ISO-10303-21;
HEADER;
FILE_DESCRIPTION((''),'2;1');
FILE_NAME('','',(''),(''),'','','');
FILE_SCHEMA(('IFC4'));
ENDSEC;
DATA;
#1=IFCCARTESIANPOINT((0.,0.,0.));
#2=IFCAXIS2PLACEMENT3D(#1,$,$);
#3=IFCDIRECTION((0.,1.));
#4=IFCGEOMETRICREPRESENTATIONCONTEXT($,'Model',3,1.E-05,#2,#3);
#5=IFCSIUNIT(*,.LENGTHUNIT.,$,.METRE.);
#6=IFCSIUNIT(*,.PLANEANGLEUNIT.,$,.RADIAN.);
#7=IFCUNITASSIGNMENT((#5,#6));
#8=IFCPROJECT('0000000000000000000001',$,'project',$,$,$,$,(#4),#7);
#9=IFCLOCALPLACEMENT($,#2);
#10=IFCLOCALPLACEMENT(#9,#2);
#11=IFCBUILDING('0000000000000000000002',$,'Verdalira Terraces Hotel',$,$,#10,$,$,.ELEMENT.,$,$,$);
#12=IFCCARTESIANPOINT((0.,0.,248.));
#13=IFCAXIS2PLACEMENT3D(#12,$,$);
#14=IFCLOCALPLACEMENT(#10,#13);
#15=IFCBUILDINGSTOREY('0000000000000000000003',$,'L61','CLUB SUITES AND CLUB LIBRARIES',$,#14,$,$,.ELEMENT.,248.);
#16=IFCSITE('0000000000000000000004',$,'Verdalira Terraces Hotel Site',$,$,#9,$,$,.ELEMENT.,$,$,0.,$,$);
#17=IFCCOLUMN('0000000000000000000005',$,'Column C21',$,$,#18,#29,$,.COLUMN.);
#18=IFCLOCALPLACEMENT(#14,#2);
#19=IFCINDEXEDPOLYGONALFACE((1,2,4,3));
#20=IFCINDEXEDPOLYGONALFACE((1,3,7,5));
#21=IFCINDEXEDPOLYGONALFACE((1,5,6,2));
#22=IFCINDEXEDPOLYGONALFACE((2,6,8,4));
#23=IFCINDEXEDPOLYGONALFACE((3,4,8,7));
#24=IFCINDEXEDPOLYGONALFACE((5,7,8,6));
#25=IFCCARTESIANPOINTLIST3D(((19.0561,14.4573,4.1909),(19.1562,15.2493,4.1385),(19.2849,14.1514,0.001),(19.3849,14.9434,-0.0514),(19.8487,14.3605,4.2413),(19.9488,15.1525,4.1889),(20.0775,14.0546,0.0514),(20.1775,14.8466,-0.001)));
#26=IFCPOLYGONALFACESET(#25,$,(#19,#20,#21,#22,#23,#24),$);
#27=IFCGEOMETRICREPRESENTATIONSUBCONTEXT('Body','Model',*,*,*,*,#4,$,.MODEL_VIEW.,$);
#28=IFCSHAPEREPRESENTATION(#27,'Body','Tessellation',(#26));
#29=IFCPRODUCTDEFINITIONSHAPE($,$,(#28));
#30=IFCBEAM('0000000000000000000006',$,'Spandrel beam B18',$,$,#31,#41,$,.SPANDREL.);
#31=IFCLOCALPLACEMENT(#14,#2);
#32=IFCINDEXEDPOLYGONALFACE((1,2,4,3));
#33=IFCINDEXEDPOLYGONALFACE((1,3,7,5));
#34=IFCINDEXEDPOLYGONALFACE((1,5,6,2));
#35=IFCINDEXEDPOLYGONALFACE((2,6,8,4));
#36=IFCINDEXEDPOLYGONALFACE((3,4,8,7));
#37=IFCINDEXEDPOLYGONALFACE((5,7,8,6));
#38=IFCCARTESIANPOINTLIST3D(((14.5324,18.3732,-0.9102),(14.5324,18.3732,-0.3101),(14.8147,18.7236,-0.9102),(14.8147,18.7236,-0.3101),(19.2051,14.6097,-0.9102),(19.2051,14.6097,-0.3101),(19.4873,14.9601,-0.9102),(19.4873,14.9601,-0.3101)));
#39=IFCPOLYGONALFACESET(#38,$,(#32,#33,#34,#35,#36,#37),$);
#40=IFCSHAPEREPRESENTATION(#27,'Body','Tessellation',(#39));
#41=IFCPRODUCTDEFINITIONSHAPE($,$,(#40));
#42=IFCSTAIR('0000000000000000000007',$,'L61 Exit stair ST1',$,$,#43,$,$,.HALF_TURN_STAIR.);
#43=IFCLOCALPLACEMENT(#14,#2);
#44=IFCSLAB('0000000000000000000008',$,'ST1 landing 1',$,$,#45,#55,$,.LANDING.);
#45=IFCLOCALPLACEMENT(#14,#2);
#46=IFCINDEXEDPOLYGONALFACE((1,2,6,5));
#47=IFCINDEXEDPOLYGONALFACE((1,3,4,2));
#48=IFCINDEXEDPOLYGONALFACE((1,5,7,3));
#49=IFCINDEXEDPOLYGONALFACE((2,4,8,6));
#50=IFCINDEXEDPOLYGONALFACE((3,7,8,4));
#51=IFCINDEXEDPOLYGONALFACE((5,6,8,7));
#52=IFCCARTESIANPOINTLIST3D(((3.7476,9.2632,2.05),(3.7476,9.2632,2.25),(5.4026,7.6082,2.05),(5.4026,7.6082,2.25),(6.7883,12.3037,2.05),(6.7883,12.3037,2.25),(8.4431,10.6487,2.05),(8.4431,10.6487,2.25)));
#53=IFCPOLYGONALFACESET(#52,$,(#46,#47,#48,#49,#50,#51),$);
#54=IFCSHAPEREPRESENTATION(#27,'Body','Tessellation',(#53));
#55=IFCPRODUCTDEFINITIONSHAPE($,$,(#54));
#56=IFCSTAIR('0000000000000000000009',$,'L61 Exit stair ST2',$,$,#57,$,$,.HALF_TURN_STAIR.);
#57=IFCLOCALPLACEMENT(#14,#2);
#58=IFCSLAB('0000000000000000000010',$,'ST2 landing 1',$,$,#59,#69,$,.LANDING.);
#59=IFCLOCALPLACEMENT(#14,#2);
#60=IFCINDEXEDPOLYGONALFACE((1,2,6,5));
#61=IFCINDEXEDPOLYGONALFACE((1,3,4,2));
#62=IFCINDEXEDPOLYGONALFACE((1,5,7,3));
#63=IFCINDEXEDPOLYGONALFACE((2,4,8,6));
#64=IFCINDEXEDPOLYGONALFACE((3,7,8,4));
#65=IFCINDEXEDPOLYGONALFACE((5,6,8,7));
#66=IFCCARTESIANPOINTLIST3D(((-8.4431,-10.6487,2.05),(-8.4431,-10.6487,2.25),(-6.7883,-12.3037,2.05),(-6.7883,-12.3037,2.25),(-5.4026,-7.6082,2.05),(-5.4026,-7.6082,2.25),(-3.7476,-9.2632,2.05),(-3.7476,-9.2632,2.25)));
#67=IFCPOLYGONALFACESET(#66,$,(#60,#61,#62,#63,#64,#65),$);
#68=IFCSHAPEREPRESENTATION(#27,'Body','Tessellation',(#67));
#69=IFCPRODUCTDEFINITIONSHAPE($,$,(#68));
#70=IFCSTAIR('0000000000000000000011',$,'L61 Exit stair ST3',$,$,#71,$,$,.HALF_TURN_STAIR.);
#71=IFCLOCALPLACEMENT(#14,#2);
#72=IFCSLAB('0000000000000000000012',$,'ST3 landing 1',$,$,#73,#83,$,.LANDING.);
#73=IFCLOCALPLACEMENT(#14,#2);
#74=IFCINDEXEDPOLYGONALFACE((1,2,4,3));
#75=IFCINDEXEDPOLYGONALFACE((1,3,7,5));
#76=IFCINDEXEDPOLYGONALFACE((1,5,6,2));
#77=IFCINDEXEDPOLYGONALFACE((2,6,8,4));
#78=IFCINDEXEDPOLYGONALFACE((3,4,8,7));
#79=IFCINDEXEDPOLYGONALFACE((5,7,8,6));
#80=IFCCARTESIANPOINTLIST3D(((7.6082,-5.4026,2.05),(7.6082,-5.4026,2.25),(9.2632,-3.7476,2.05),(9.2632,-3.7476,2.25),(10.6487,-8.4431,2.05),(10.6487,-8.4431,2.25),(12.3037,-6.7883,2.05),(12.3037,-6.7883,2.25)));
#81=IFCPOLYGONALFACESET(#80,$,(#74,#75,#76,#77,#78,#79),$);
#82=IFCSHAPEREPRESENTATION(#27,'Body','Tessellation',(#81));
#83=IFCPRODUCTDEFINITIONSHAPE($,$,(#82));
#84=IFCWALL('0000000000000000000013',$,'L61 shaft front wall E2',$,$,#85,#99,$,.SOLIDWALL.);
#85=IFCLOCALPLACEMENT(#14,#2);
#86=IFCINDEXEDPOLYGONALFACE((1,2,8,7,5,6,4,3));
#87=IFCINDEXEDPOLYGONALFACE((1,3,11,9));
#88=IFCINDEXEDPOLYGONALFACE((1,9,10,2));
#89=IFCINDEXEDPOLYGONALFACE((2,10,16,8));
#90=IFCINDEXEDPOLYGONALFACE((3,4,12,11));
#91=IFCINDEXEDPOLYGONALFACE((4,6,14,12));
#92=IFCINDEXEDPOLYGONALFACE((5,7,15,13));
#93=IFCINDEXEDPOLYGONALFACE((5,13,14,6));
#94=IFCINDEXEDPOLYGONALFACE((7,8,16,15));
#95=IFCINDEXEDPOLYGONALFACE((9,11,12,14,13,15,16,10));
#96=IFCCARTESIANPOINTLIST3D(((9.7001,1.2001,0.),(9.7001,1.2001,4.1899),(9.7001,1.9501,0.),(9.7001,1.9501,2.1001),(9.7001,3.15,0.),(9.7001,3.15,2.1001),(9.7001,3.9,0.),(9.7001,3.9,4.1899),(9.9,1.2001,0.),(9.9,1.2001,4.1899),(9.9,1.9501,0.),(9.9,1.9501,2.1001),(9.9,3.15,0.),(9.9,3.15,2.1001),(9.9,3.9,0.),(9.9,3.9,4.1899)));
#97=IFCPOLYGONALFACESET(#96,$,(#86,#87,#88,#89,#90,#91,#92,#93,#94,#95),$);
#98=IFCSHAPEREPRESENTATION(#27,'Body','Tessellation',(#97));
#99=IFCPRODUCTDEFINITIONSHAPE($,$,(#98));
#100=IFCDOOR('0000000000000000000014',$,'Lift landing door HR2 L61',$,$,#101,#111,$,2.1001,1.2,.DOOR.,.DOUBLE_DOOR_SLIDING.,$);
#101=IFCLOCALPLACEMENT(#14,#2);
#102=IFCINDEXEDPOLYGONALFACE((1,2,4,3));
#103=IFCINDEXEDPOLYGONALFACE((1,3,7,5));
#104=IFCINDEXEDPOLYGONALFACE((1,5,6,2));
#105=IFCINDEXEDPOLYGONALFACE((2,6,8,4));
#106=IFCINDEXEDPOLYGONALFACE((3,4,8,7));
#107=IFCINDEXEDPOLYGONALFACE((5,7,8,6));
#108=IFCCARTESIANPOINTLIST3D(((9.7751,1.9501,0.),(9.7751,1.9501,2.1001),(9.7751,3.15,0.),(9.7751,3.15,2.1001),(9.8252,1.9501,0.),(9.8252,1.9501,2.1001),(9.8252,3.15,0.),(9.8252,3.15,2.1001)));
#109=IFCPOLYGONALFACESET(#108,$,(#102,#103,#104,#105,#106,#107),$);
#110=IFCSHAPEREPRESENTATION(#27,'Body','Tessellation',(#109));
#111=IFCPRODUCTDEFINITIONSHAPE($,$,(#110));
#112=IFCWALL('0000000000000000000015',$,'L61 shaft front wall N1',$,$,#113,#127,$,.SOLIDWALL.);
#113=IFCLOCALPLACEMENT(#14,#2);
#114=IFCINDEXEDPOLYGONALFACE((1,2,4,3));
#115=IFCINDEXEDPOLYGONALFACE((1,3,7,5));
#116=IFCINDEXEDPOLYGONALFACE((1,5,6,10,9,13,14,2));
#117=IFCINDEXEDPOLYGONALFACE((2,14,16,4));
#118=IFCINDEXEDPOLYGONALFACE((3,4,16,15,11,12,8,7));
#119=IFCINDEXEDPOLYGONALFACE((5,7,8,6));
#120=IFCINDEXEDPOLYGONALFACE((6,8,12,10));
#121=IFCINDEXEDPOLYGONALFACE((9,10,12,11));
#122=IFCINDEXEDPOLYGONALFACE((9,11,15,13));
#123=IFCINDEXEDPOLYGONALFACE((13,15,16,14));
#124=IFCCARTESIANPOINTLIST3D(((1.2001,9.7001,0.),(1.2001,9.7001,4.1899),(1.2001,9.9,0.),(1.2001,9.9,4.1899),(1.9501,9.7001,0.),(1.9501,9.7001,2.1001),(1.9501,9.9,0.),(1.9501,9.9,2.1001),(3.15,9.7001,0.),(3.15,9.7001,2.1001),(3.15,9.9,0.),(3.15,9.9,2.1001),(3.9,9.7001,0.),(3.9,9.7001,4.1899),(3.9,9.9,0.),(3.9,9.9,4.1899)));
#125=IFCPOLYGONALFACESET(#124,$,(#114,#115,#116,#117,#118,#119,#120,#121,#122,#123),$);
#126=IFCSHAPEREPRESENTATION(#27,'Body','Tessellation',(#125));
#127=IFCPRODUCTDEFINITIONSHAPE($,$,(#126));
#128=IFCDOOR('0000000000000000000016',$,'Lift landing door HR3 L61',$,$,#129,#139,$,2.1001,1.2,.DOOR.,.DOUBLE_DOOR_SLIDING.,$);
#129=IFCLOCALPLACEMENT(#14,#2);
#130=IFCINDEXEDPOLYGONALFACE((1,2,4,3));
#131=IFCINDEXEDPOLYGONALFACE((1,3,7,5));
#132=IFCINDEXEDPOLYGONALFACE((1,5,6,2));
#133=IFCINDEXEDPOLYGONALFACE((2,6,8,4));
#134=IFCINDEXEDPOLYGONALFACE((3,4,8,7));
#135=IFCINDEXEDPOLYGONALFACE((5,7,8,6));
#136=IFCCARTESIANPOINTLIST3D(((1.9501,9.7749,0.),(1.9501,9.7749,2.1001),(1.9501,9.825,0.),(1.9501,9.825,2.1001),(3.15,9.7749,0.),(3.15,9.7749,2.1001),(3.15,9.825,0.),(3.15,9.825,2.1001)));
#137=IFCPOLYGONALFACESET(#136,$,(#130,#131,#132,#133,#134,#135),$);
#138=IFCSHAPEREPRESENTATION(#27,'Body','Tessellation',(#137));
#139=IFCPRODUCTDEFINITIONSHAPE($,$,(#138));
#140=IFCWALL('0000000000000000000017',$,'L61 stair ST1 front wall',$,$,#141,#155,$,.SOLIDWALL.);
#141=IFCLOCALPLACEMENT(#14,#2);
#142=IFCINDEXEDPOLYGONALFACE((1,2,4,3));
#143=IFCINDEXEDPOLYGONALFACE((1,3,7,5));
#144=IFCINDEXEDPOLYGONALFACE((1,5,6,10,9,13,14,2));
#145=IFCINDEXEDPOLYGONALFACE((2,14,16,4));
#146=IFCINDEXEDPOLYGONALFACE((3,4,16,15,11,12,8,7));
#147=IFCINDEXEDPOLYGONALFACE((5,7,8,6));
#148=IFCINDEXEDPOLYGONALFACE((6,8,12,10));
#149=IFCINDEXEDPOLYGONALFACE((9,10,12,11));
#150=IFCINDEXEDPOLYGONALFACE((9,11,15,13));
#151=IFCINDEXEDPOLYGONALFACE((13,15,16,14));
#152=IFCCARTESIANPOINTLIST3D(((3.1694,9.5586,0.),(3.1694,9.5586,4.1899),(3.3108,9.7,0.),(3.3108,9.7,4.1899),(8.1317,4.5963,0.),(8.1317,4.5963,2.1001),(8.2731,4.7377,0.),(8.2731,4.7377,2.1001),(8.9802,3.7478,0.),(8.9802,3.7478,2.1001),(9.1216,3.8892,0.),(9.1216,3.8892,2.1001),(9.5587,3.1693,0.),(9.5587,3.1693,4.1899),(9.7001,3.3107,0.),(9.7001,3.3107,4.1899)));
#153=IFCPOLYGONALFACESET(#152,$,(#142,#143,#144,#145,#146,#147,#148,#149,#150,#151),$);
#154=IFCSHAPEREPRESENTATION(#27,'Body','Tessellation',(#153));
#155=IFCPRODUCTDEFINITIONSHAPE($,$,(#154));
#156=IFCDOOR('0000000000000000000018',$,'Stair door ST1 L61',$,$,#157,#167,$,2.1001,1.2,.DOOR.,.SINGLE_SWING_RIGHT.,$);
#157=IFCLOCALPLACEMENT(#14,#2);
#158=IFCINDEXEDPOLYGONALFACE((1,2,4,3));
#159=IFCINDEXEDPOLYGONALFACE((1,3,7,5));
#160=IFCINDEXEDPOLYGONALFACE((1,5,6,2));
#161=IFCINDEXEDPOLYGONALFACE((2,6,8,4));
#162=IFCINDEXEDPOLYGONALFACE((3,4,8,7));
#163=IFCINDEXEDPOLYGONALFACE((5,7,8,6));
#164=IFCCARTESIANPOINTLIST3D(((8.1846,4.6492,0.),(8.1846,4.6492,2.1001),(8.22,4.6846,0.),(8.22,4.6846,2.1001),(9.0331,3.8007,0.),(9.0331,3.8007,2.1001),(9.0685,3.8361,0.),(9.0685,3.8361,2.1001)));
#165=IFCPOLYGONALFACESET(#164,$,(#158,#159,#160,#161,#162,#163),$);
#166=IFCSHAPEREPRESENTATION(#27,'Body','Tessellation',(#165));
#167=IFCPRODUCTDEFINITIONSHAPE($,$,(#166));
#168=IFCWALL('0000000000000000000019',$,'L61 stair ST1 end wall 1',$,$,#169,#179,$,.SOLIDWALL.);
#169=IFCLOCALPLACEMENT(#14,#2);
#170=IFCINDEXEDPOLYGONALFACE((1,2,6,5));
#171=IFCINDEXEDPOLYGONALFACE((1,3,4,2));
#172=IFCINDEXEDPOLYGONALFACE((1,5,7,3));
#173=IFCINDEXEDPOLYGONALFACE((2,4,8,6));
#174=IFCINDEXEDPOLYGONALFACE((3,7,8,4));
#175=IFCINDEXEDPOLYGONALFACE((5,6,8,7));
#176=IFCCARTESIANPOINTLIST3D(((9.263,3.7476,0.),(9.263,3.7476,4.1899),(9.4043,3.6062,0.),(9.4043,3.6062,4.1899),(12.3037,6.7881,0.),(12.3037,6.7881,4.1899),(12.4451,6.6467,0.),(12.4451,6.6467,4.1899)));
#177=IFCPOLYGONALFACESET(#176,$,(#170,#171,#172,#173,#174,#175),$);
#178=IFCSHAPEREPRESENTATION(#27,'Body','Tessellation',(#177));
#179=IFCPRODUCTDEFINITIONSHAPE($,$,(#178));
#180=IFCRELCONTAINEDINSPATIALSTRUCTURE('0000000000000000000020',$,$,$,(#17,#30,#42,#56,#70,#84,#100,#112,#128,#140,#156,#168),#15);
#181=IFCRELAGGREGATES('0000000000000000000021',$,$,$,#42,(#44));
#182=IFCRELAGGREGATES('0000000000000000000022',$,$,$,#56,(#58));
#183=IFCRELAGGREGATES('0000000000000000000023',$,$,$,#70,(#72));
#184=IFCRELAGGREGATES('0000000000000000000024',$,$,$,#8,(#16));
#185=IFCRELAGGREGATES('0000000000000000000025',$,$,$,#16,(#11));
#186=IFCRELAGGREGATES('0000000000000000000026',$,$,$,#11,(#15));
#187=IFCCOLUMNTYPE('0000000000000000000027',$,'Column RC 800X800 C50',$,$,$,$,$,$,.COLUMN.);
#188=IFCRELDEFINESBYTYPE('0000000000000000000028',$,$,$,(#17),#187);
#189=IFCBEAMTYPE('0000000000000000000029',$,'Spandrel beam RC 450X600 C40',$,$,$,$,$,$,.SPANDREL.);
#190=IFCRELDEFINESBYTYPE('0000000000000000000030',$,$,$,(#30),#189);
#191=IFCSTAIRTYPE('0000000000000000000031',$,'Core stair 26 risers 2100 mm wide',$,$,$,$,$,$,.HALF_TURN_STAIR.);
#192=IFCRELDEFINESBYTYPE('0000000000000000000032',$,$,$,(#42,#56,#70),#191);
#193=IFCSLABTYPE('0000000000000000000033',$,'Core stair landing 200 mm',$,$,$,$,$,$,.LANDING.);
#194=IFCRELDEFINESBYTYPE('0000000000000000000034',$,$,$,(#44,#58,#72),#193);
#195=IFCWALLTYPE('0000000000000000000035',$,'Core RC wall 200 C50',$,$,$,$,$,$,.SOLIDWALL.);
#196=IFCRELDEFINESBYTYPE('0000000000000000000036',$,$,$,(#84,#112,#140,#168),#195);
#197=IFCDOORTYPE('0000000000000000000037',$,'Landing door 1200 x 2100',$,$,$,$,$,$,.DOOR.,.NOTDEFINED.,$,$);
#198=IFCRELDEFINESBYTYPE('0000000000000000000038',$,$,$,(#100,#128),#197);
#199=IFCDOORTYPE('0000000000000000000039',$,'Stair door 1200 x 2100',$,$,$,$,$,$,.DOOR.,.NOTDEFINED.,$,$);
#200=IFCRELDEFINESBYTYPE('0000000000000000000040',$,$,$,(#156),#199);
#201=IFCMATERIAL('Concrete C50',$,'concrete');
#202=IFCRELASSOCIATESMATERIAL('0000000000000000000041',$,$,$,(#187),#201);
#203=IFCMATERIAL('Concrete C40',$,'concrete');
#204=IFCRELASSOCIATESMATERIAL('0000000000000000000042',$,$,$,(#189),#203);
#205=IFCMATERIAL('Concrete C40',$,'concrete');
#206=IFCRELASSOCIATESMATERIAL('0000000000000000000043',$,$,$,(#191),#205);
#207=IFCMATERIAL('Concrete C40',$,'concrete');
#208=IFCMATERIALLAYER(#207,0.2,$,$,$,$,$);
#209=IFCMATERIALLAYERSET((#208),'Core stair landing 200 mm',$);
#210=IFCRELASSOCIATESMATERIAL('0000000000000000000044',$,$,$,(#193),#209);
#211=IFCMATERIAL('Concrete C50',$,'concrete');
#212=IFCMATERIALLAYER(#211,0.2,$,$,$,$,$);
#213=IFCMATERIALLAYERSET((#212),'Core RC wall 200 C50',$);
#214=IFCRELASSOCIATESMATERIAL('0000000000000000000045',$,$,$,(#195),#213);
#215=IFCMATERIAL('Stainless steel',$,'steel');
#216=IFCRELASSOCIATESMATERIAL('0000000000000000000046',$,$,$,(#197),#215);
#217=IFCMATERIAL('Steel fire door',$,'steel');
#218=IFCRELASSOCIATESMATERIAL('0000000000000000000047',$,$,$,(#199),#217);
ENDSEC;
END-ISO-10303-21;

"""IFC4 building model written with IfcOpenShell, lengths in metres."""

from ifc_helpers import new_model, si_unit, direction, frame, frame_2d, origin, origin_2d, place, context, subcontext, project, spatial, polyline, rectangle, outline, extrude, material, layer, layer_set, material_profile, profile_set, type_object, element, fill, aggregate, save


model = new_model("IFC4")

# Units and contexts
model_context = context("Model", 3, precision=1e-05, world=origin(), true_north=direction((0.0, 1.0)))
body_context = subcontext(model_context, "Body", "Model", "MODEL_VIEW")
ifc_project = project(units=[si_unit("LENGTHUNIT", "METRE"), si_unit("PLANEANGLEUNIT", "RADIAN")], contexts=[model_context])

# Site, building, storey
site_placement = place(None, origin())
site = spatial("IfcSite", under=ifc_project, at=site_placement, Name="Verdalira Terraces Hotel Site", CompositionType="ELEMENT", RefElevation=0.0)
building_placement = place(site_placement, origin())
building = spatial("IfcBuilding", under=site, at=building_placement, Name="Verdalira Terraces Hotel", CompositionType="ELEMENT")
storey_placement = place(building_placement, frame((0.0, 0.0, 248.0)))
storey = spatial("IfcBuildingStorey", under=building, at=storey_placement, Name="L61", Description="CLUB SUITES AND CLUB LIBRARIES", CompositionType="ELEMENT", Elevation=248.0)

# Column
ifc_material_1 = material(Name="Concrete C50", Category="concrete")
ifc_material_profile_1 = material_profile(ifc_material_1, rectangle(XDim=0.8, YDim=0.8, at=origin_2d()), Name="RC 800X800")
ifc_profile_set_1 = profile_set([ifc_material_profile_1], Name="Concrete C50")
column_type = type_object("IfcColumnType", Name="Column RC 800X800 C50", PredefinedType="COLUMN", material=ifc_profile_set_1)
column_placement = place(storey_placement, frame((19.7312, 14.499, 0.0), z_axis=(-0.054372, 0.072709, 0.99587), x_axis=(0.990657, -0.120993, 0.062921)))
element("IfcColumn", 1, at=column_placement, inside=storey, type_object=column_type, Name="Column C21", PredefinedType="COLUMN", context=body_context, shape_type="SweptSolid", body=[
    extrude(rectangle(XDim=0.8, YDim=0.8, at=origin_2d()), origin(), (0.0, 0.0, 1.0), 4.2073),
])

# Beam
ifc_material_2 = material(Name="Concrete C40", Category="concrete")
ifc_material_profile_2 = material_profile(ifc_material_2, rectangle(XDim=0.45, YDim=0.6001, at=origin_2d()), Name="RC 450X600")
ifc_profile_set_2 = profile_set([ifc_material_profile_2], Name="Concrete C40")
beam_type = type_object("IfcBeamType", Name="Spandrel beam RC 450X600 C40", PredefinedType="SPANDREL", material=ifc_profile_set_2)
beam_placement = place(storey_placement, frame((19.3462, 14.7849, -0.6101), z_axis=(-0.778804, 0.627267, 0.0), x_axis=(-0.627267, -0.778804, 0.0)))
element("IfcBeam", 2, at=beam_placement, inside=storey, type_object=beam_type, Name="Spandrel beam B18", PredefinedType="SPANDREL", context=body_context, shape_type="SweptSolid", body=[
    extrude(rectangle(XDim=0.45, YDim=0.6001, at=origin_2d()), origin(), (0.0, 0.0, 1.0), 5.9998),
])

# Stairs, slabs
ifc_material_3 = material(Name="Concrete C40", Category="concrete")
stair_type = type_object("IfcStairType", Name="Core stair 26 risers 2100 mm wide", PredefinedType="HALF_TURN_STAIR", material=ifc_material_3)
stair_1_placement = place(storey_placement, origin())
stair_1 = element("IfcStair", 3, at=stair_1_placement, inside=storey, type_object=stair_type, Name="L61 Exit stair ST1", PredefinedType="HALF_TURN_STAIR")
ifc_material_4 = material(Name="Concrete C40", Category="concrete")
ifc_layer_1 = layer(ifc_material_4, 0.2)
ifc_layer_set_1 = layer_set([ifc_layer_1], Name="Core stair landing 200 mm")
slab_type = type_object("IfcSlabType", Name="Core stair landing 200 mm", PredefinedType="LANDING", material=ifc_layer_set_1)
slab_1_placement = place(storey_placement, frame((0.0, 0.0, 2.05)))
slab_1 = element("IfcSlab", 4, at=slab_1_placement, type_object=slab_type, Name="ST1 landing 1", PredefinedType="LANDING", context=body_context, shape_type="SweptSolid", body=[
    extrude(outline(polyline([(8.4431, 10.6487), (6.7883, 12.3037), (3.7476, 9.2632), (5.4026, 7.6082), (8.4431, 10.6487)])), origin(), (0.0, 0.0, 1.0), 0.2),
])
aggregate(stair_1, [slab_1])
stair_2_placement = place(storey_placement, origin())
stair_2 = element("IfcStair", 5, at=stair_2_placement, inside=storey, type_object=stair_type, Name="L61 Exit stair ST2", PredefinedType="HALF_TURN_STAIR")
slab_2_placement = place(storey_placement, frame((0.0, 0.0, 2.05)))
slab_2 = element("IfcSlab", 6, at=slab_2_placement, type_object=slab_type, Name="ST2 landing 1", PredefinedType="LANDING", context=body_context, shape_type="SweptSolid", body=[
    extrude(outline(polyline([(-8.4431, -10.6487), (-6.7883, -12.3037), (-3.7476, -9.2632), (-5.4026, -7.6082), (-8.4431, -10.6487)])), origin(), (0.0, 0.0, 1.0), 0.2),
])
aggregate(stair_2, [slab_2])
stair_3_placement = place(storey_placement, origin())
stair_3 = element("IfcStair", 7, at=stair_3_placement, inside=storey, type_object=stair_type, Name="L61 Exit stair ST3", PredefinedType="HALF_TURN_STAIR")
slab_3_placement = place(storey_placement, frame((0.0, 0.0, 2.05)))
slab_3 = element("IfcSlab", 8, at=slab_3_placement, type_object=slab_type, Name="ST3 landing 1", PredefinedType="LANDING", context=body_context, shape_type="SweptSolid", body=[
    extrude(outline(polyline([(10.6487, -8.4431), (12.3037, -6.7883), (9.2632, -3.7476), (7.6082, -5.4026), (10.6487, -8.4431)])), origin(), (0.0, 0.0, 1.0), 0.2),
])
aggregate(stair_3, [slab_3])

# Walls, openings, doors
ifc_material_5 = material(Name="Concrete C50", Category="concrete")
ifc_layer_2 = layer(ifc_material_5, 0.2)
ifc_layer_set_2 = layer_set([ifc_layer_2], Name="Core RC wall 200 C50")
wall_type_1 = type_object("IfcWallType", Name="Core RC wall 200 C50", PredefinedType="SOLIDWALL", material=ifc_layer_set_2)
wall_1_placement = place(storey_placement, frame((9.8, 1.2, 0.0), z_axis=(0.0, 0.0, 1.0), x_axis=(0.0, 1.0, 0.0)))
wall_1 = element("IfcWall", 9, at=wall_1_placement, inside=storey, type_object=wall_type_1, Name="L61 shaft front wall E2", PredefinedType="SOLIDWALL", context=body_context, shape_type="SweptSolid", body=[
    extrude(rectangle(XDim=2.7, YDim=0.2, at=frame_2d((1.3501, 0.0))), origin(), (0.0, 0.0, 1.0), 4.1899),
])
opening_1_placement = place(wall_1_placement, frame((0.75, 0.0, 0.0)))
opening_1 = element("IfcOpeningElement", 10, at=opening_1_placement, cuts=wall_1, PredefinedType="OPENING", context=body_context, shape_type="SweptSolid", body=[
    extrude(rectangle(XDim=1.2, YDim=2.1001, at=frame_2d((0.6001, 1.05))), frame((0.0, 0.1099, 0.0), z_axis=(0.0, -1.0, 0.0), x_axis=(1.0, 0.0, 0.0)), (0.0, 0.0, 1.0), 0.22),
])
ifc_material_6 = material(Name="Stainless steel", Category="steel")
door_type_1 = type_object("IfcDoorType", Name="Landing door 1200 x 2100", OperationType="NOTDEFINED", PredefinedType="DOOR", material=ifc_material_6)
door_1_placement = place(opening_1_placement, origin())
door_1 = element("IfcDoor", 11, at=door_1_placement, inside=storey, type_object=door_type_1, Name="Lift landing door HR2 L61", OperationType="DOUBLE_DOOR_SLIDING", OverallHeight=2.1001, OverallWidth=1.2, PredefinedType="DOOR", context=body_context, shape_type="SweptSolid", body=[
    extrude(rectangle(XDim=1.2, YDim=2.1001, at=frame_2d((0.6001, 1.05))), frame((0.0, 0.0249, 0.0), z_axis=(0.0, -1.0, 0.0), x_axis=(1.0, 0.0, 0.0)), (0.0, 0.0, 1.0), 0.05),
])
fill(opening_1, door_1)
wall_2_placement = place(storey_placement, frame((1.2, 9.8, 0.0), z_axis=(0.0, 0.0, 1.0), x_axis=(1.0, 0.0, 0.0)))
wall_2 = element("IfcWall", 12, at=wall_2_placement, inside=storey, type_object=wall_type_1, Name="L61 shaft front wall N1", PredefinedType="SOLIDWALL", context=body_context, shape_type="SweptSolid", body=[
    extrude(rectangle(XDim=2.7, YDim=0.2, at=frame_2d((1.3501, 0.0))), origin(), (0.0, 0.0, 1.0), 4.1899),
])
opening_2_placement = place(wall_2_placement, frame((0.75, 0.0, 0.0)))
opening_2 = element("IfcOpeningElement", 13, at=opening_2_placement, cuts=wall_2, PredefinedType="OPENING", context=body_context, shape_type="SweptSolid", body=[
    extrude(rectangle(XDim=1.2, YDim=2.1001, at=frame_2d((0.6001, 1.05))), frame((0.0, 0.1099, 0.0), z_axis=(0.0, -1.0, 0.0), x_axis=(1.0, 0.0, 0.0)), (0.0, 0.0, 1.0), 0.22),
])
door_2_placement = place(opening_2_placement, origin())
door_2 = element("IfcDoor", 14, at=door_2_placement, inside=storey, type_object=door_type_1, Name="Lift landing door HR3 L61", OperationType="DOUBLE_DOOR_SLIDING", OverallHeight=2.1001, OverallWidth=1.2, PredefinedType="DOOR", context=body_context, shape_type="SweptSolid", body=[
    extrude(rectangle(XDim=1.2, YDim=2.1001, at=frame_2d((0.6001, 1.05))), frame((0.0, 0.0249, 0.0), z_axis=(0.0, -1.0, 0.0), x_axis=(1.0, 0.0, 0.0)), (0.0, 0.0, 1.0), 0.05),
])
fill(opening_2, door_2)
wall_3_placement = place(storey_placement, frame((3.24, 9.6294, 0.0), z_axis=(0.0, 0.0, 1.0), x_axis=(0.707107, -0.707107, 0.0)))
wall_3 = element("IfcWall", 15, at=wall_3_placement, inside=storey, type_object=wall_type_1, Name="L61 stair ST1 front wall", PredefinedType="SOLIDWALL", context=body_context, shape_type="SweptSolid", body=[
    extrude(rectangle(XDim=9.0359, YDim=0.2, at=frame_2d((4.5181, 0.0))), origin(), (0.0, 0.0, 1.0), 4.1899),
])
opening_3_placement = place(wall_3_placement, frame((7.0178, 0.0, 0.0)))
opening_3 = element("IfcOpeningElement", 16, at=opening_3_placement, cuts=wall_3, PredefinedType="OPENING", context=body_context, shape_type="SweptSolid", body=[
    extrude(rectangle(XDim=1.2, YDim=2.1001, at=frame_2d((0.6001, 1.05))), frame((0.0, 0.1099, 0.0), z_axis=(0.0, -1.0, 0.0), x_axis=(1.0, 0.0, 0.0)), (0.0, 0.0, 1.0), 0.22),
])
ifc_material_7 = material(Name="Steel fire door", Category="steel")
door_type_2 = type_object("IfcDoorType", Name="Stair door 1200 x 2100", OperationType="NOTDEFINED", PredefinedType="DOOR", material=ifc_material_7)
door_3_placement = place(opening_3_placement, origin())
door_3 = element("IfcDoor", 17, at=door_3_placement, inside=storey, type_object=door_type_2, Name="Stair door ST1 L61", OperationType="SINGLE_SWING_RIGHT", OverallHeight=2.1001, OverallWidth=1.2, PredefinedType="DOOR", context=body_context, shape_type="SweptSolid", body=[
    extrude(rectangle(XDim=1.2, YDim=2.1001, at=frame_2d((0.6001, 1.05))), frame((0.0, 0.0249, 0.0), z_axis=(0.0, -1.0, 0.0), x_axis=(1.0, 0.0, 0.0)), (0.0, 0.0, 1.0), 0.05),
])
fill(opening_3, door_3)

# Wall
for number, where, z_axis, x_axis, name in (
    (18, (9.3337, 3.677, 0.0), (0.0, 0.0, 1.0), (0.707135, 0.707078, 0.0), "L61 stair ST1 end wall 1"),
):
    element("IfcWall", number, at=place(storey_placement, frame(where, z_axis=z_axis, x_axis=x_axis)), inside=storey, type_object=wall_type_1, Name=name, PredefinedType="SOLIDWALL", context=body_context, shape_type="SweptSolid", body=[
        extrude(rectangle(XDim=4.3, YDim=0.2, at=frame_2d((2.1499, 0.0))), origin(), (0.0, 0.0, 1.0), 4.1899),
    ])

save(model, "model.ifc")
